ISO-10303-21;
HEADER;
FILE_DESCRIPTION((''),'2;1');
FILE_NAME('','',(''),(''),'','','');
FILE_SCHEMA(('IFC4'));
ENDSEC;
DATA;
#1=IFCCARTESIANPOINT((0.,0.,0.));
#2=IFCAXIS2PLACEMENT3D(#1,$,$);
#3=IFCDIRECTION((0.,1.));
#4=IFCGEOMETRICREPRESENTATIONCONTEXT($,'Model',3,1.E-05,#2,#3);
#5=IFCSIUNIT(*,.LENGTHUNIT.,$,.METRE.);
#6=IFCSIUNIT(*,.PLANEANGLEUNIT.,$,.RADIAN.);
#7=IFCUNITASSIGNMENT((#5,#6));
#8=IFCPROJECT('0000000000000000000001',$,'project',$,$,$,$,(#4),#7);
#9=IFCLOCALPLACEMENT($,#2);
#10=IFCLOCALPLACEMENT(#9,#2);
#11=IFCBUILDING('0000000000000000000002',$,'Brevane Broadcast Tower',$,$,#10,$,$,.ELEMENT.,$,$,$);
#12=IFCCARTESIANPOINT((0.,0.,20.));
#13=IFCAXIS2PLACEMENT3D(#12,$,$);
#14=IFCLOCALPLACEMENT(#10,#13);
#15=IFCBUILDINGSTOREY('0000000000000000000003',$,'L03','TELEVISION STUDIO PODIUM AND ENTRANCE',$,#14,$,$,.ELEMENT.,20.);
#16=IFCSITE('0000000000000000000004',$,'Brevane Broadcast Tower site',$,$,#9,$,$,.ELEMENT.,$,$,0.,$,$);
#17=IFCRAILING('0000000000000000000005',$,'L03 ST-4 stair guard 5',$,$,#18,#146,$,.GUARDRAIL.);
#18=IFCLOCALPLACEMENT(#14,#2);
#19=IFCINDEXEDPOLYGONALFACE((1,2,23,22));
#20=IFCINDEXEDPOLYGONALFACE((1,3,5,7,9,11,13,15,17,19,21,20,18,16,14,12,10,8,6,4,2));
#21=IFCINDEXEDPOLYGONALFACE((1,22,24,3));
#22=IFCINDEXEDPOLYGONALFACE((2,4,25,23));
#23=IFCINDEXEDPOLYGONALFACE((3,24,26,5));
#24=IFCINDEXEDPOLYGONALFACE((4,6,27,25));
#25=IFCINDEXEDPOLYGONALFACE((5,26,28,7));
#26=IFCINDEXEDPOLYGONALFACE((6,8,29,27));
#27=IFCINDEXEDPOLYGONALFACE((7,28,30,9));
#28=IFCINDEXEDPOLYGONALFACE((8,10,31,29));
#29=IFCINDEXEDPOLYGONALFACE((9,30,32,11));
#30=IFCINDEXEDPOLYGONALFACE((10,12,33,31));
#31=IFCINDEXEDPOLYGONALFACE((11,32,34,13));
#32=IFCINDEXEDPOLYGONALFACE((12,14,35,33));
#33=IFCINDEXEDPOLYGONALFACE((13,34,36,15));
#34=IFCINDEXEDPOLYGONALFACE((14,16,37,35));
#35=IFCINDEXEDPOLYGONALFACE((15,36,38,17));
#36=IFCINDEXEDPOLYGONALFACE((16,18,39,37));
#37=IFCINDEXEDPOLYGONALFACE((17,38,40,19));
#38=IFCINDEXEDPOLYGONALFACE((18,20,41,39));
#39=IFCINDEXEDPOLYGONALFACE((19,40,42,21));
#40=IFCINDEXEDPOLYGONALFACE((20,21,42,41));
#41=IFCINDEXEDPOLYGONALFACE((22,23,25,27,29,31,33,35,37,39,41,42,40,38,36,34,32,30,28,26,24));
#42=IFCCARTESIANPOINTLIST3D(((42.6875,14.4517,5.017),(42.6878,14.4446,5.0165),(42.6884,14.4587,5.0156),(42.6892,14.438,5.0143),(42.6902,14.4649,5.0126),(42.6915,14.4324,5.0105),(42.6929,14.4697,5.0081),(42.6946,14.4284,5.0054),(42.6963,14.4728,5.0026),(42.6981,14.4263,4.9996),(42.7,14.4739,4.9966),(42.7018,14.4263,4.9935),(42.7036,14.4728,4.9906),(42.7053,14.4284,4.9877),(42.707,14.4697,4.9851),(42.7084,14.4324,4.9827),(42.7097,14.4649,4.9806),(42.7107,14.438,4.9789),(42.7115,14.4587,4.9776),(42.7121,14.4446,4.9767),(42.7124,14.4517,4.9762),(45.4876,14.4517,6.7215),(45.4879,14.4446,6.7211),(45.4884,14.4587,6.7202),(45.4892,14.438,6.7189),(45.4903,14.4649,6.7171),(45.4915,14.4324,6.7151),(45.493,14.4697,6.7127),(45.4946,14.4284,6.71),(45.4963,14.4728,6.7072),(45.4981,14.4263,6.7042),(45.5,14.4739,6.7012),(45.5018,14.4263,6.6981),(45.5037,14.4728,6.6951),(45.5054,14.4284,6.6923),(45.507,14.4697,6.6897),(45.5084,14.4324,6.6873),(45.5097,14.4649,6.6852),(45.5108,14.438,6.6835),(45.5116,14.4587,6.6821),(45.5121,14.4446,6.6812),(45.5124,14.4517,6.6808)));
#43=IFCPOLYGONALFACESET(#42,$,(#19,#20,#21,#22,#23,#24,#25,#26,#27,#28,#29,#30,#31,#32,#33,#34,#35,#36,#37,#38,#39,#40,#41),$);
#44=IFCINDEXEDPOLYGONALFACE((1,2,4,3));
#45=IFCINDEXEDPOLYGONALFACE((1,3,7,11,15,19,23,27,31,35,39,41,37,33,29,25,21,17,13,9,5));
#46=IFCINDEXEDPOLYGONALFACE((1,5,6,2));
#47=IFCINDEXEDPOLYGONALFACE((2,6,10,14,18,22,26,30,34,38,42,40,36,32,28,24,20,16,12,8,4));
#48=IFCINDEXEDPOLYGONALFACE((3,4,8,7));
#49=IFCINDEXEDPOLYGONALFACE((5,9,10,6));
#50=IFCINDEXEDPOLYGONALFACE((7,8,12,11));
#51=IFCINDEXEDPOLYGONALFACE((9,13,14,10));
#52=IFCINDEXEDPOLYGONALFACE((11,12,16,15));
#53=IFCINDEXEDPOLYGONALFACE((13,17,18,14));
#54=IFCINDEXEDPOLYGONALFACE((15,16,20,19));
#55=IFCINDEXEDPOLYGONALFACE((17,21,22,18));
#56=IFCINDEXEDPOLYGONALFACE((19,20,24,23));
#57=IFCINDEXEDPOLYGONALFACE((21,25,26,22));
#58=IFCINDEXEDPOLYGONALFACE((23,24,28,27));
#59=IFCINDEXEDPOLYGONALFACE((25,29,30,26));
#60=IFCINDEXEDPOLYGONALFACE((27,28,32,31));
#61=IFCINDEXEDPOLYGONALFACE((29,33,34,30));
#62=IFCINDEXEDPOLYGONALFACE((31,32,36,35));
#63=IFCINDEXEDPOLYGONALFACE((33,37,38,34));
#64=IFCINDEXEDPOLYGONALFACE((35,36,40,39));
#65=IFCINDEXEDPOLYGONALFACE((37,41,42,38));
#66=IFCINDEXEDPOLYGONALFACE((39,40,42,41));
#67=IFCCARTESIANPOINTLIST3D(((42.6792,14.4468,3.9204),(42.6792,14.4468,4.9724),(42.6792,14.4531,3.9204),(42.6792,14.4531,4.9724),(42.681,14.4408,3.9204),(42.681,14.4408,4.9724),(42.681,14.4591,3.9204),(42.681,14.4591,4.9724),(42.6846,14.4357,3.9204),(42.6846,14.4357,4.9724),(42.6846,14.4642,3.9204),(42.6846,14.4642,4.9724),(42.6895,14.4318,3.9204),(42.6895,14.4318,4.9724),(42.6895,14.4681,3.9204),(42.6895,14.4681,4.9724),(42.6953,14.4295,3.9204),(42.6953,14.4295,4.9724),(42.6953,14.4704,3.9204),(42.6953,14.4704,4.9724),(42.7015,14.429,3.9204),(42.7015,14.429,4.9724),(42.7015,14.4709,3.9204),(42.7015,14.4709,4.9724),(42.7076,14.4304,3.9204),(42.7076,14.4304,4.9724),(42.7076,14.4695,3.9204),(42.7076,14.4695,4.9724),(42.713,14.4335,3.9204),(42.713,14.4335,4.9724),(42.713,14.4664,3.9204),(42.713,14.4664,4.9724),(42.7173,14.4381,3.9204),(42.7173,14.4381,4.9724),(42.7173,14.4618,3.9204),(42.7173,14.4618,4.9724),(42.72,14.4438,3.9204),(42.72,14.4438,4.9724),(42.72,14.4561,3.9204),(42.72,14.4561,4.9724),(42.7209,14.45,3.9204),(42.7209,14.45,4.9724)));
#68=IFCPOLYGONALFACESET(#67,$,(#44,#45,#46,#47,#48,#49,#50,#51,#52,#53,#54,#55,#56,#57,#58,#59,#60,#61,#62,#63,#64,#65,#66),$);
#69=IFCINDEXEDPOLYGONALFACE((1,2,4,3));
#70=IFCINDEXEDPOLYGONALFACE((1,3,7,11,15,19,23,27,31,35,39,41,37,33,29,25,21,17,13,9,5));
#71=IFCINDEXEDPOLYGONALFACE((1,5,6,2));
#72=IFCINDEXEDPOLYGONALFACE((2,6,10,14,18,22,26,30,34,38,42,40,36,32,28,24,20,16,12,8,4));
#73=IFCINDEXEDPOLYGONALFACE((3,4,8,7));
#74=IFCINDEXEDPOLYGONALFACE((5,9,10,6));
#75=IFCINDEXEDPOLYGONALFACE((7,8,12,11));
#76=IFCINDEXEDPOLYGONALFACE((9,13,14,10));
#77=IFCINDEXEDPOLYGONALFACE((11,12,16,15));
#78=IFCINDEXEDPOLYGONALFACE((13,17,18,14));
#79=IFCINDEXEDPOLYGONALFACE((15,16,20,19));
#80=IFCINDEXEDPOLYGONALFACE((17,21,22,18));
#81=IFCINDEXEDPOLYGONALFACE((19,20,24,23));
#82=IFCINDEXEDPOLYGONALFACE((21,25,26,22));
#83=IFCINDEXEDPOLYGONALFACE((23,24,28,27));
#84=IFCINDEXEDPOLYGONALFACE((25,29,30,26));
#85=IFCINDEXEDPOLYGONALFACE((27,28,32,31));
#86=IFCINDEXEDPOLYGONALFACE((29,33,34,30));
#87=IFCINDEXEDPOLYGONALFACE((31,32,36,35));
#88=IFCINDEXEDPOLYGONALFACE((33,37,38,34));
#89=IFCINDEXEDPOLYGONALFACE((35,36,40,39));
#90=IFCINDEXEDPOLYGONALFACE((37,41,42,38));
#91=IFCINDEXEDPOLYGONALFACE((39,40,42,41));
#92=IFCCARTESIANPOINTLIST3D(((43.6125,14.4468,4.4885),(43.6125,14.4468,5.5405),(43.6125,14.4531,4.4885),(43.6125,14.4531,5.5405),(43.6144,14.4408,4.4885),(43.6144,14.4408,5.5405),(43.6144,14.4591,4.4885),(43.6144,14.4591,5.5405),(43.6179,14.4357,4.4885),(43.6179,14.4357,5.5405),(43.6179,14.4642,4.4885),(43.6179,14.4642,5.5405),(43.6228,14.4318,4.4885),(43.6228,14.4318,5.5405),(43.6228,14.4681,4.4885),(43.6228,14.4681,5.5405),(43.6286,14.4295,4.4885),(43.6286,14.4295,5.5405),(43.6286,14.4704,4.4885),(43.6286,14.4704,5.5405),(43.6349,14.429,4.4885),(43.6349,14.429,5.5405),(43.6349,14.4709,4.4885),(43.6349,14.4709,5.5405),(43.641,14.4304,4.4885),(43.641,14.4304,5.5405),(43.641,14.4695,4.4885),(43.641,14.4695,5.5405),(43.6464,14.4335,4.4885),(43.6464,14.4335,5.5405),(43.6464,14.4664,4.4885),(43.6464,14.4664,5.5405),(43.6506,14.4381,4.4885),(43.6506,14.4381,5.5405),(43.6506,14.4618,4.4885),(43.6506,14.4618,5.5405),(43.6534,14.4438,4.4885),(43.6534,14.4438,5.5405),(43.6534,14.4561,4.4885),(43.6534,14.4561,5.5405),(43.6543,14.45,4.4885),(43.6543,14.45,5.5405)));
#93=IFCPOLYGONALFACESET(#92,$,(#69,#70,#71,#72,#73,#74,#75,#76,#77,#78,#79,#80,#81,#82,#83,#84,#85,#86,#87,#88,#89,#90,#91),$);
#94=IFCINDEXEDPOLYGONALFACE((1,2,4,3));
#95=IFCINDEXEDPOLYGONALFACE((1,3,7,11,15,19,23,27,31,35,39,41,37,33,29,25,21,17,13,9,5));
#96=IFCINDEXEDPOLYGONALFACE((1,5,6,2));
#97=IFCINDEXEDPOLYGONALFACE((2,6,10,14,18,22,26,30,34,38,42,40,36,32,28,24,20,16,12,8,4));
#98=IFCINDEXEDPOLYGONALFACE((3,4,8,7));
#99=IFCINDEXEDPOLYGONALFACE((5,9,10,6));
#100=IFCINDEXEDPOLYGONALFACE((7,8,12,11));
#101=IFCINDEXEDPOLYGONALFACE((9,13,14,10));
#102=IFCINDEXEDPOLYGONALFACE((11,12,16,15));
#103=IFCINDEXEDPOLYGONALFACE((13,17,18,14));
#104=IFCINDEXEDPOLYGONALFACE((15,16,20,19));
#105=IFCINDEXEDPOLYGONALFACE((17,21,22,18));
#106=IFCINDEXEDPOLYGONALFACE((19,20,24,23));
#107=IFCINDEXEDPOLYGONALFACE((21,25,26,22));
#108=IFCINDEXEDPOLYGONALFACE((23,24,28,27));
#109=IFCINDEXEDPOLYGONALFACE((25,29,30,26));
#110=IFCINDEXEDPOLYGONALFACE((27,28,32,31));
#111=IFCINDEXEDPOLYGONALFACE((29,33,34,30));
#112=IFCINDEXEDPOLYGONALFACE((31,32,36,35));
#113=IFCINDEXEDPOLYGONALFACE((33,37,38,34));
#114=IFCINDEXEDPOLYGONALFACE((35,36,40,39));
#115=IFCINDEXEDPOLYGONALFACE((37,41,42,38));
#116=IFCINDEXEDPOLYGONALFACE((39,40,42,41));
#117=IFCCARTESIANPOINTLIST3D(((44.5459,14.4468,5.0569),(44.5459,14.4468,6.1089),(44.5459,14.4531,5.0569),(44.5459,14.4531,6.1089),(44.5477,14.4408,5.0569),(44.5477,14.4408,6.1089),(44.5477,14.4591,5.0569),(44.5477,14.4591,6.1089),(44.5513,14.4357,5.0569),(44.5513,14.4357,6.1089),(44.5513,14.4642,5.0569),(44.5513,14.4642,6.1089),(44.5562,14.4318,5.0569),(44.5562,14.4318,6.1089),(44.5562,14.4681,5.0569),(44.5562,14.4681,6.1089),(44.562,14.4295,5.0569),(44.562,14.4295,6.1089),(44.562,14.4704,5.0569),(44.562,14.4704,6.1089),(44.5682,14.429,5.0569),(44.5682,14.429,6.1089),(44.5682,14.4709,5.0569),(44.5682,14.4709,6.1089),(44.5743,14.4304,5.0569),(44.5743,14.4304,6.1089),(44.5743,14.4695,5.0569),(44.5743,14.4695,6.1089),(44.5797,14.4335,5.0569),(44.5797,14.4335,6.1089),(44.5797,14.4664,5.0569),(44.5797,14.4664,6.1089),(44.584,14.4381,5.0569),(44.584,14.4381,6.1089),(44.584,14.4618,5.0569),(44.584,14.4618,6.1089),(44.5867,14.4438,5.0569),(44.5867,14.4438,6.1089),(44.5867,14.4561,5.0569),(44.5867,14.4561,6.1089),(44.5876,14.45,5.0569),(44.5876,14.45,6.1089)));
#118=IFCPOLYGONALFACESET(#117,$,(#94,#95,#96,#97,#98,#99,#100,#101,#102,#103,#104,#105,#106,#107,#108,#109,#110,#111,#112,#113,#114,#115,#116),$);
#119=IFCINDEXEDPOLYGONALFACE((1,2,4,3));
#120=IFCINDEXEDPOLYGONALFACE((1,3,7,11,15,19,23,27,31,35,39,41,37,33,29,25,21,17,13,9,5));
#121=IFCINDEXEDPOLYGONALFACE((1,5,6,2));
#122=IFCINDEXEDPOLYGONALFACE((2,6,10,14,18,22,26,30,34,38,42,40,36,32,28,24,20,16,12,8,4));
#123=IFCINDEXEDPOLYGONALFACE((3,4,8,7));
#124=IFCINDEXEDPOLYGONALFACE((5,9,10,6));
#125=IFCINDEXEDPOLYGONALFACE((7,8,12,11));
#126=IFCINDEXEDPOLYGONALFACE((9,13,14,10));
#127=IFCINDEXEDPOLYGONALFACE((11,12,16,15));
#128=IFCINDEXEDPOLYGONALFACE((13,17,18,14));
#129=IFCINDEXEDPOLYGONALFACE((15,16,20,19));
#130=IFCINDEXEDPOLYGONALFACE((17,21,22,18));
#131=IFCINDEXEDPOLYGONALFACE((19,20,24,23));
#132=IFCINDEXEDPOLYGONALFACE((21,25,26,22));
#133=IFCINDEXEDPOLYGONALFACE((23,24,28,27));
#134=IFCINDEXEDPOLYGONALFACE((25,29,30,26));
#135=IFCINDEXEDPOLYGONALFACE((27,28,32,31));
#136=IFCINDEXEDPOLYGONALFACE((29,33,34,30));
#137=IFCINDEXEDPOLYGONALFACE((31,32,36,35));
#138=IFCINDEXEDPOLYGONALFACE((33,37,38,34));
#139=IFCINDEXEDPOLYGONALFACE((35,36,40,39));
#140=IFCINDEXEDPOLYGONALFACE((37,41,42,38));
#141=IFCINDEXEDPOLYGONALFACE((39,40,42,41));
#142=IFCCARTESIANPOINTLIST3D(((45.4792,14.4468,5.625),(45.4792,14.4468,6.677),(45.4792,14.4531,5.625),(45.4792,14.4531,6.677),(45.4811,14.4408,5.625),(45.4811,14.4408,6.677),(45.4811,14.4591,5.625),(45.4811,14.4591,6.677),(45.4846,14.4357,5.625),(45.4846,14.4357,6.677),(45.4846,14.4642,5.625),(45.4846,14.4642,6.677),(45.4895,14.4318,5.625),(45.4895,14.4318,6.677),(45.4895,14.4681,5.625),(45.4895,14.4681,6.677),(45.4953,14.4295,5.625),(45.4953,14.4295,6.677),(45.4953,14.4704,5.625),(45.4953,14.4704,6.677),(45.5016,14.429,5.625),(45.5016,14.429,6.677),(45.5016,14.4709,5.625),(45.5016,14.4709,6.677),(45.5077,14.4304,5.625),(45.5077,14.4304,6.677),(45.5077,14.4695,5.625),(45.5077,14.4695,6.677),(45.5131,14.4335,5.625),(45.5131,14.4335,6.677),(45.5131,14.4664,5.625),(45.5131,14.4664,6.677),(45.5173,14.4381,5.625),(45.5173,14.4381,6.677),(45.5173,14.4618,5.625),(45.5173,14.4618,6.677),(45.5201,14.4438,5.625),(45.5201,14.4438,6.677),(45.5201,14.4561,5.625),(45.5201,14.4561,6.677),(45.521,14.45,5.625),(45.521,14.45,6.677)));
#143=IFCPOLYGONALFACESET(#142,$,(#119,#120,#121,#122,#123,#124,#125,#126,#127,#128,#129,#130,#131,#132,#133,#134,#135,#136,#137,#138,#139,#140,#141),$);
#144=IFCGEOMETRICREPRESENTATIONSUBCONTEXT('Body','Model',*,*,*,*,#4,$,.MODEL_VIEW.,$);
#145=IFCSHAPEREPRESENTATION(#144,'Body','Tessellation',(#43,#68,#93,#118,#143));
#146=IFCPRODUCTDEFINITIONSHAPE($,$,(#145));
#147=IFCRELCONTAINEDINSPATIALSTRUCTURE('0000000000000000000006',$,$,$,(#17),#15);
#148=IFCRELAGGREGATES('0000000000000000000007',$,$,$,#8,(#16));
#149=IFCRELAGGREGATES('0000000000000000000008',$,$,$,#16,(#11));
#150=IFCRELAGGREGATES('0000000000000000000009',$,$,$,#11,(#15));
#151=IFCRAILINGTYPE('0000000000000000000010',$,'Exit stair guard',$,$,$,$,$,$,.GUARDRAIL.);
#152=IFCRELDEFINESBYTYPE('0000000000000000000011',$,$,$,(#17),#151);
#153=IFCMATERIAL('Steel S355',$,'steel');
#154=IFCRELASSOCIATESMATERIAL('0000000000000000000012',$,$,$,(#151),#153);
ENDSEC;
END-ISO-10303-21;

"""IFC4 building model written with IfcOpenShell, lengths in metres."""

from ifc_helpers import new_model, si_unit, direction, frame, origin, origin_2d, place, context, subcontext, project, spatial, circle, extrude, material, type_object, element, save


model = new_model("IFC4")

# Units and contexts
model_context = context("Model", 3, precision=1e-05, world=origin(), true_north=direction((0.0, 1.0)))
body_context = subcontext(model_context, "Body", "Model", "MODEL_VIEW")
ifc_project = project(units=[si_unit("LENGTHUNIT", "METRE"), si_unit("PLANEANGLEUNIT", "RADIAN")], contexts=[model_context])

# Site, building, storey
site_placement = place(None, origin())
site = spatial("IfcSite", under=ifc_project, at=site_placement, Name="Brevane Broadcast Tower site", CompositionType="ELEMENT", RefElevation=0.0)
building_placement = place(site_placement, origin())
building = spatial("IfcBuilding", under=site, at=building_placement, Name="Brevane Broadcast Tower", CompositionType="ELEMENT")
storey_placement = place(building_placement, frame((0.0, 0.0, 20.0)))
storey = spatial("IfcBuildingStorey", under=building, at=storey_placement, Name="L03", Description="TELEVISION STUDIO PODIUM AND ENTRANCE", CompositionType="ELEMENT", Elevation=20.0)

# Railing
ifc_material_1 = material(Name="Steel S355", Category="steel")
railing_type_1 = type_object("IfcRailingType", Name="Exit stair guard", PredefinedType="GUARDRAIL", material=ifc_material_1)
railing_1_placement = place(storey_placement, frame((42.7, 14.45, 3.9204)))
element("IfcRailing", 1, at=railing_1_placement, inside=storey, type_object=railing_type_1, Name="L03 ST-4 stair guard 5", PredefinedType="GUARDRAIL", context=body_context, shape_type="SweptSolid", body=[
    extrude(circle(Radius=0.0239, at=origin_2d()), frame((0.0, 0.0, 1.0762), z_axis=(0.85417, 0.0, 0.519994), x_axis=(0.0, 1.0, 0.0)), (0.0, 0.0, 1.0), 3.2781),
    extrude(circle(Radius=0.021, at=origin_2d()), origin(), (0.0, 0.0, 1.0), 1.052),
    extrude(circle(Radius=0.021, at=origin_2d()), frame((0.9333, 0.0, 0.5681)), (0.0, 0.0, 1.0), 1.052),
    extrude(circle(Radius=0.021, at=origin_2d()), frame((1.8667, 0.0, 1.1365)), (0.0, 0.0, 1.0), 1.052),
    extrude(circle(Radius=0.021, at=origin_2d()), frame((2.8, 0.0, 1.7046)), (0.0, 0.0, 1.0), 1.052),
])

save(model, "model.ifc")
